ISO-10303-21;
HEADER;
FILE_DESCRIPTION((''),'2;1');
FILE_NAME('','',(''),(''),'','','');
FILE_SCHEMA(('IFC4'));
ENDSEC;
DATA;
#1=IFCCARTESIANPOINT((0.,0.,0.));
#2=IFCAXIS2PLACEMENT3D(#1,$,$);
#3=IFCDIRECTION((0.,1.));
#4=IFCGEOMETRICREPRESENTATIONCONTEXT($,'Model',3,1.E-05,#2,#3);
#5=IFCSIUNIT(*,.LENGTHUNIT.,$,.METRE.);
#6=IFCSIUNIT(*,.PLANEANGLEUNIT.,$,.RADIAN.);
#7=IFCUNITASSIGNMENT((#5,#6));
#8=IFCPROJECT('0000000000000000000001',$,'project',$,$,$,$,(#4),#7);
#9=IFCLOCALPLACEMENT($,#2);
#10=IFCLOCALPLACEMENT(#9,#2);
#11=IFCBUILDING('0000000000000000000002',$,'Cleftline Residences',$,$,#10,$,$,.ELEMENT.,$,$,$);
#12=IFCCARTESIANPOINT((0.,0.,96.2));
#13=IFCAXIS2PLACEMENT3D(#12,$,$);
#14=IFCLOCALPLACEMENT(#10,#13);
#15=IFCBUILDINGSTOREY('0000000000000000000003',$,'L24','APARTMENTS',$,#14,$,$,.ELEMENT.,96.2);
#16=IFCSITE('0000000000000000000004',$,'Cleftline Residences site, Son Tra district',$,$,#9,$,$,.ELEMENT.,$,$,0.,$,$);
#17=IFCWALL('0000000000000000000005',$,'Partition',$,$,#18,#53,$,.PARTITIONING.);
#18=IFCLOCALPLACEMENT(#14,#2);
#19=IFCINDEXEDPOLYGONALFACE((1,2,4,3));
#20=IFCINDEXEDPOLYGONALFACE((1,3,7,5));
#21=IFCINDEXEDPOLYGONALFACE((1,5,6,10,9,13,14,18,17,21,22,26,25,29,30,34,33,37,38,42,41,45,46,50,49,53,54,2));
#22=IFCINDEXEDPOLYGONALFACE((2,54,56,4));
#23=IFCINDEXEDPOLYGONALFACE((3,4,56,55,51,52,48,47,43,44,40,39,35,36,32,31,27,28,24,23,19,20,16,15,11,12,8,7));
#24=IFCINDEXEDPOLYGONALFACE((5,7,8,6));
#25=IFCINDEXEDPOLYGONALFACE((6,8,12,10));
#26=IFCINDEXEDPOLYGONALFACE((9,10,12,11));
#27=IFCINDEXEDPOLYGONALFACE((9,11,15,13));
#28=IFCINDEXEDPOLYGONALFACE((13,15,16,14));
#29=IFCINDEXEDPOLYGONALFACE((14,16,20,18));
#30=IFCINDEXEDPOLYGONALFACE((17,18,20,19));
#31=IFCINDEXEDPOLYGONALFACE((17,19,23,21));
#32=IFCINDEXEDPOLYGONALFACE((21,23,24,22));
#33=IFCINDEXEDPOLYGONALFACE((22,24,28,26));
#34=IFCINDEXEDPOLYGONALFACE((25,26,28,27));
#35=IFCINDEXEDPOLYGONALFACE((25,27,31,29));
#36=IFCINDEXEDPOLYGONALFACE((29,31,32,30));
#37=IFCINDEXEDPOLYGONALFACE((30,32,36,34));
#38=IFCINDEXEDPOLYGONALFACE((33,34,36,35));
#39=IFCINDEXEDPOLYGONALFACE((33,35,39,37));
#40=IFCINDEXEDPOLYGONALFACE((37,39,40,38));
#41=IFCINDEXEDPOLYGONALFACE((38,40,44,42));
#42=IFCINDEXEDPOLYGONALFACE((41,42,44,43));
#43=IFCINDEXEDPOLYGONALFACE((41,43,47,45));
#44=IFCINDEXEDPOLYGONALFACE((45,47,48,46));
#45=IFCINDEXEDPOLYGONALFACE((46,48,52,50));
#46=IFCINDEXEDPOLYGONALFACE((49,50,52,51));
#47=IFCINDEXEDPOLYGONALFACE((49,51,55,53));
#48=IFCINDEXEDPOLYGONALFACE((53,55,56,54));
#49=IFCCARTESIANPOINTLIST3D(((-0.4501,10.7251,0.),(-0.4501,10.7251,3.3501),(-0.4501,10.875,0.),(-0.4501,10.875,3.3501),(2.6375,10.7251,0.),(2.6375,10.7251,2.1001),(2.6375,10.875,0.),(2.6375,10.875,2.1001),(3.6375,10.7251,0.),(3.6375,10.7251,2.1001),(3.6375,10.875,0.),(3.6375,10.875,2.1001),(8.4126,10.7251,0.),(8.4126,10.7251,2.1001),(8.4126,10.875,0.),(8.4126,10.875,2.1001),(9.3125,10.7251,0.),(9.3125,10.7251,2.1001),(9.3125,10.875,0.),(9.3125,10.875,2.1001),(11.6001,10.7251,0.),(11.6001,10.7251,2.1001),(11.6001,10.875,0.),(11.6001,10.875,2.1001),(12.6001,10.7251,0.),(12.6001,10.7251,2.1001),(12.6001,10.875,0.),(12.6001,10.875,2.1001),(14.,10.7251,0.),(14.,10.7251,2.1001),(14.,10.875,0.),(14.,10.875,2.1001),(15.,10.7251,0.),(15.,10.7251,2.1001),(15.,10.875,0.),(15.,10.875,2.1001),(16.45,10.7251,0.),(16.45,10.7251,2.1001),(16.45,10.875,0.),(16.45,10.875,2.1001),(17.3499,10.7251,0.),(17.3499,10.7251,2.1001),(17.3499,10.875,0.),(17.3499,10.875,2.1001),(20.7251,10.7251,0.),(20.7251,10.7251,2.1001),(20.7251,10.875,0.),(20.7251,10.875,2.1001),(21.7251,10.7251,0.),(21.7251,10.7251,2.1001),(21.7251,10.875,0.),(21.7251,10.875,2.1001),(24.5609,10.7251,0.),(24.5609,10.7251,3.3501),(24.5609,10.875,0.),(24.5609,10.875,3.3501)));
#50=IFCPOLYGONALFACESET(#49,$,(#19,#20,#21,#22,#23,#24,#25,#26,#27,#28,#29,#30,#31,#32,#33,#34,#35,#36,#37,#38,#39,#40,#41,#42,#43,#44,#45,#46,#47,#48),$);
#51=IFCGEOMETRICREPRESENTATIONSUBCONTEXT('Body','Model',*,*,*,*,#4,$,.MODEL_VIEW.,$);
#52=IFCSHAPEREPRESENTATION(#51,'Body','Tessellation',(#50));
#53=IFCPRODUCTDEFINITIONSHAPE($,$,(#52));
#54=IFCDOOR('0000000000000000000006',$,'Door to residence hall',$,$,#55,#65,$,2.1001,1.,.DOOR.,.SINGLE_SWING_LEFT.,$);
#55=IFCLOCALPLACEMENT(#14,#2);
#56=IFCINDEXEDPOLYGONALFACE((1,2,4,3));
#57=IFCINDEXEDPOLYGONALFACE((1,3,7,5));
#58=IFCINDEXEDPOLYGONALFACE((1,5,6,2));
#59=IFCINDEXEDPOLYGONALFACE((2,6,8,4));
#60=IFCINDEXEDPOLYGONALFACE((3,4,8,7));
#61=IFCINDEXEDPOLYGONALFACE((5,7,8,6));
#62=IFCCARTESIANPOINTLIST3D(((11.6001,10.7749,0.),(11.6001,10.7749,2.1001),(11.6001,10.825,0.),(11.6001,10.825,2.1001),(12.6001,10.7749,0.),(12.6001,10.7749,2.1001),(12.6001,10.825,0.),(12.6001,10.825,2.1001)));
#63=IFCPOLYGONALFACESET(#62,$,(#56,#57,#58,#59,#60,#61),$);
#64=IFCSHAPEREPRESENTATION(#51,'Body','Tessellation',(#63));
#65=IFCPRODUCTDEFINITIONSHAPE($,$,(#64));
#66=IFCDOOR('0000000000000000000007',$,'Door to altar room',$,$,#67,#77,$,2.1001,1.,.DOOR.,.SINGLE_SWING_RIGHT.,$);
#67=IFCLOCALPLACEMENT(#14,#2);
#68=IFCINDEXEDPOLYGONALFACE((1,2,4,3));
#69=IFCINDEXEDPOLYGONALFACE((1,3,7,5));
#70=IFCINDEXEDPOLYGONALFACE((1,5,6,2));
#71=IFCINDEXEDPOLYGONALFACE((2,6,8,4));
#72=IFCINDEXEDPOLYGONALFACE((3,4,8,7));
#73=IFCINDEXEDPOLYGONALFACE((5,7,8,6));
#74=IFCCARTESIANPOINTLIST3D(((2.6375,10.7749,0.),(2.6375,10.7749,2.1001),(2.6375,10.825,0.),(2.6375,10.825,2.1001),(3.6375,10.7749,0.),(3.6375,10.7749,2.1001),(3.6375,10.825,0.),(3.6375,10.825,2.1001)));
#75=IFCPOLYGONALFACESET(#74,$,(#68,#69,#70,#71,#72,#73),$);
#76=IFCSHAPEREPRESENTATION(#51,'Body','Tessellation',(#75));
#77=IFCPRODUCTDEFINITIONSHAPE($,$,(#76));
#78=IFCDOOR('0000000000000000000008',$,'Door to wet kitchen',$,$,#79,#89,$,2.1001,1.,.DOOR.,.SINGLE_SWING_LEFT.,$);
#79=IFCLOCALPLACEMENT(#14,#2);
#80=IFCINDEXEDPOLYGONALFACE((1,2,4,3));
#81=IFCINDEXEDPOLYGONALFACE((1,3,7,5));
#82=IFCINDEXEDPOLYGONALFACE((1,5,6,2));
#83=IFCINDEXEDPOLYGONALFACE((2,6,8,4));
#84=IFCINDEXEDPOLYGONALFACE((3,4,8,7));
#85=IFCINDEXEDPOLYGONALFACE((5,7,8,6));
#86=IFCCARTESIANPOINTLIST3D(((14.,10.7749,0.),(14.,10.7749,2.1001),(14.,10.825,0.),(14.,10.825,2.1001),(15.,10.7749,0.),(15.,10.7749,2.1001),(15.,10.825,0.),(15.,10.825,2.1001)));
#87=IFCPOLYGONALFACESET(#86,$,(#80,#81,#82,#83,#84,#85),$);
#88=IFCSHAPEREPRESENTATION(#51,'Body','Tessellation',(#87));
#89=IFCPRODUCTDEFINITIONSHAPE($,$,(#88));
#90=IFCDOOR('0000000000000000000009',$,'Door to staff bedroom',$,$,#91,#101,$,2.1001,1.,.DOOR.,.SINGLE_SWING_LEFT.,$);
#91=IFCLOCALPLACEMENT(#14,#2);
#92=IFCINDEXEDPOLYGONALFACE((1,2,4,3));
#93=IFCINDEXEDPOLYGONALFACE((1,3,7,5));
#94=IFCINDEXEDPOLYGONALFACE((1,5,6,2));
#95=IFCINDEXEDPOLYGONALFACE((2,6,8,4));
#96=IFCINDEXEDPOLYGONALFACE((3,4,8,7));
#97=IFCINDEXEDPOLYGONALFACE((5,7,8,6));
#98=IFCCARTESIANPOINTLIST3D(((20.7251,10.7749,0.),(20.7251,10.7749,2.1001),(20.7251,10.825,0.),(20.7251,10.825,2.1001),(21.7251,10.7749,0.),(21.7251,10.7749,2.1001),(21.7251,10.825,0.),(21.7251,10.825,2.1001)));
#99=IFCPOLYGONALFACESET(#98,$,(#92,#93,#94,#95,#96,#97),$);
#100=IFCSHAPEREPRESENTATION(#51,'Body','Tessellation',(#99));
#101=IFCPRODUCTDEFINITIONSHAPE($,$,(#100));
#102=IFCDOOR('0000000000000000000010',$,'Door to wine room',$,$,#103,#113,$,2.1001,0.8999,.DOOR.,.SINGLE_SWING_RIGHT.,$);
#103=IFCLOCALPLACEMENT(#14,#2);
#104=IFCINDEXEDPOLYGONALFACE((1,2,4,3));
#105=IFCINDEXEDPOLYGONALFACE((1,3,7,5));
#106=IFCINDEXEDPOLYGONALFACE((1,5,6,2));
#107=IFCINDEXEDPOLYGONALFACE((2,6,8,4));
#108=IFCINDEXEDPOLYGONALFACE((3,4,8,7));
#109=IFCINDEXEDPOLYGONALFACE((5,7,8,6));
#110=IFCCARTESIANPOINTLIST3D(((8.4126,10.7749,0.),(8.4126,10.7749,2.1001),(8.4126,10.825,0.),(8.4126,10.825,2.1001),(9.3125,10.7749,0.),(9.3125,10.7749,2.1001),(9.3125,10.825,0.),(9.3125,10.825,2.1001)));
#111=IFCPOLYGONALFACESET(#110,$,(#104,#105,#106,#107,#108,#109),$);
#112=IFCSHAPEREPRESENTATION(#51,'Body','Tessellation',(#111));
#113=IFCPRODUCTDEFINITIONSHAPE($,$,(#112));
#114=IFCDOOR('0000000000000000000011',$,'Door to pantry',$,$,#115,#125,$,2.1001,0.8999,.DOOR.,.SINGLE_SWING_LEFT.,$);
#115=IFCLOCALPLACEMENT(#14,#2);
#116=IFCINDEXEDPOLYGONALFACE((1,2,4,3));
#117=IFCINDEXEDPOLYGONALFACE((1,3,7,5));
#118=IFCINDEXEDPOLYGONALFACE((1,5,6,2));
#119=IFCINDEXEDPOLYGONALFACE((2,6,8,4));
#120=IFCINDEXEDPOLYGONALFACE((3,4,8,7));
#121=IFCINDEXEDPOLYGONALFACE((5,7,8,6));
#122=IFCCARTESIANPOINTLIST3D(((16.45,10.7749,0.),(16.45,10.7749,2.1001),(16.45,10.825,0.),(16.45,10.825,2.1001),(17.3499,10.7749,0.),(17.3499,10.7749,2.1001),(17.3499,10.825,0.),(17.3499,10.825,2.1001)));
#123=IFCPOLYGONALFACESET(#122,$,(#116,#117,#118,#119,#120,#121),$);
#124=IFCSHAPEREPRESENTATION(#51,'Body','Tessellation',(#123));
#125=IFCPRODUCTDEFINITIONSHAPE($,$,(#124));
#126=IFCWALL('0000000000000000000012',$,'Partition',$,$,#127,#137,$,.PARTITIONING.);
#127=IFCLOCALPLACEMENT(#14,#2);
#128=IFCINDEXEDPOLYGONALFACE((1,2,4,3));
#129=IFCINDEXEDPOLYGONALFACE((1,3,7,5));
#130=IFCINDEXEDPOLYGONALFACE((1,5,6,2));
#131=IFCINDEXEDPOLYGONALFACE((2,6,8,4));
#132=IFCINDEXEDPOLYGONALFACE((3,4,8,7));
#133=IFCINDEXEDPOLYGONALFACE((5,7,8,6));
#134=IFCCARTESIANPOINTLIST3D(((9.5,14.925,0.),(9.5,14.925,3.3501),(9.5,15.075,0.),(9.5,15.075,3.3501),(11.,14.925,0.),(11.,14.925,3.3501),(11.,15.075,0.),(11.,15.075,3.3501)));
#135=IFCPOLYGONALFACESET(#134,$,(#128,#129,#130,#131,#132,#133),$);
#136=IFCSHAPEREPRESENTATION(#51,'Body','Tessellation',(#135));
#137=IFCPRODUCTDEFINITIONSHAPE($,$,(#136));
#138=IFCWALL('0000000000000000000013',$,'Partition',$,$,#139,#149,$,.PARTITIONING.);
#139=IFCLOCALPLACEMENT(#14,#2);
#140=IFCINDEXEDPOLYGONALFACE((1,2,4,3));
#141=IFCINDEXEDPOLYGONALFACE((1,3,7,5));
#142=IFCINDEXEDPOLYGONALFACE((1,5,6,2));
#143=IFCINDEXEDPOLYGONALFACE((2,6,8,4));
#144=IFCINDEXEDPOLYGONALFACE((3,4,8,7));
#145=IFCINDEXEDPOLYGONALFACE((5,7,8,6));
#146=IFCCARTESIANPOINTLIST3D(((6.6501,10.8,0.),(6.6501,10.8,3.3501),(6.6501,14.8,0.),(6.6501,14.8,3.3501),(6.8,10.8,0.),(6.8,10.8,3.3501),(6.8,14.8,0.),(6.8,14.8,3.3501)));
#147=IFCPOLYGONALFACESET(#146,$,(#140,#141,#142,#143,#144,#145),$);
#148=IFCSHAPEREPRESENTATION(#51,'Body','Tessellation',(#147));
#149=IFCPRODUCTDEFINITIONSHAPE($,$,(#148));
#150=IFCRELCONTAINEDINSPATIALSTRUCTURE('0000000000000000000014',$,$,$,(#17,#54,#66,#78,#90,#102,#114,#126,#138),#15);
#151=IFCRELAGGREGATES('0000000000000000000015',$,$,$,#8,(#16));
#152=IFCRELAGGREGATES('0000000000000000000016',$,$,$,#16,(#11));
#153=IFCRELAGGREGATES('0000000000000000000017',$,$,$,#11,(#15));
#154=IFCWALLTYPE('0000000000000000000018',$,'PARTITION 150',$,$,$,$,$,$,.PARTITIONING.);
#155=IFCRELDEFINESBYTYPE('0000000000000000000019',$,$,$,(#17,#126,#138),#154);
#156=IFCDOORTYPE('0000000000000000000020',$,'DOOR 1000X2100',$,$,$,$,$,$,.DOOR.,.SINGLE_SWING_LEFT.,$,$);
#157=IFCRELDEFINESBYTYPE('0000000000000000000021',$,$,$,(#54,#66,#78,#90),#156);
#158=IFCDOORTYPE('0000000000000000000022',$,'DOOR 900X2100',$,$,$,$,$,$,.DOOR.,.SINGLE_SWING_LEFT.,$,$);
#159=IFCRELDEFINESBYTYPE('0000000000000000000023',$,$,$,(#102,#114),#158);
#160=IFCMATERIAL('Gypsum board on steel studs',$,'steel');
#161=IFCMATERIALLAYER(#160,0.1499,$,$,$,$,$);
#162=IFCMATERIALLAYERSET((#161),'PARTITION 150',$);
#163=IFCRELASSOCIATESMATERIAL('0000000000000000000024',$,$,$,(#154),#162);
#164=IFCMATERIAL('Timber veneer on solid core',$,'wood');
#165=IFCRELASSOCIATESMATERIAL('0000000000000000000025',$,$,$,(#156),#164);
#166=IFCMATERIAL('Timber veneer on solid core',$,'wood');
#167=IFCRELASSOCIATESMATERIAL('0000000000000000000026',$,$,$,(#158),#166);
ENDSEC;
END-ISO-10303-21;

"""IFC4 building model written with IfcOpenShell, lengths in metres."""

from ifc_helpers import new_model, si_unit, direction, frame, frame_2d, origin, place, context, subcontext, project, spatial, rectangle, extrude, material, layer, layer_set, type_object, element, fill, save


model = new_model("IFC4")

# Units and contexts
model_context = context("Model", 3, precision=1e-05, world=origin(), true_north=direction((0.0, 1.0)))
body_context = subcontext(model_context, "Body", "Model", "MODEL_VIEW")
ifc_project = project(units=[si_unit("LENGTHUNIT", "METRE"), si_unit("PLANEANGLEUNIT", "RADIAN")], contexts=[model_context])

# Site, building, storey
site_placement = place(None, origin())
site = spatial("IfcSite", under=ifc_project, at=site_placement, Name="Cleftline Residences site, Son Tra district", CompositionType="ELEMENT", RefElevation=0.0)
building_placement = place(site_placement, origin())
building = spatial("IfcBuilding", under=site, at=building_placement, Name="Cleftline Residences", CompositionType="ELEMENT")
storey_placement = place(building_placement, frame((0.0, 0.0, 96.2)))
storey = spatial("IfcBuildingStorey", under=building, at=storey_placement, Name="L24", Description="APARTMENTS", CompositionType="ELEMENT", Elevation=96.2)

# Shared definitions
ifc_material_1 = material(Name="Gypsum board on steel studs", Category="steel")
ifc_layer = layer(ifc_material_1, 0.1499)
ifc_layer_set = layer_set([ifc_layer], Name="PARTITION 150")
wall_type = type_object("IfcWallType", Name="PARTITION 150", PredefinedType="PARTITIONING", material=ifc_layer_set)
ifc_material_2 = material(Name="Timber veneer on solid core", Category="wood")
door_type_1 = type_object("IfcDoorType", Name="DOOR 1000X2100", OperationType="SINGLE_SWING_LEFT", PredefinedType="DOOR", material=ifc_material_2)

# Wall, openings, doors
wall_1_placement = place(storey_placement, frame((-0.45, 10.8, 0.0), z_axis=(0.0, 0.0, 1.0), x_axis=(1.0, 0.0, 0.0)))
wall_1 = element("IfcWall", 1, at=wall_1_placement, inside=storey, type_object=wall_type, Name="Partition", PredefinedType="PARTITIONING", context=body_context, shape_type="SweptSolid", body=[
    extrude(rectangle(XDim=25.011, YDim=0.1499, at=frame_2d((12.5054, 0.0))), origin(), (0.0, 0.0, 1.0), 3.3501),
])
opening_1_placement = place(wall_1_placement, frame((12.05, 0.0, 0.0)))
opening_1 = element("IfcOpeningElement", 2, at=opening_1_placement, cuts=wall_1, PredefinedType="OPENING", context=body_context, shape_type="SweptSolid", body=[
    extrude(rectangle(XDim=1.0, YDim=2.1001, at=frame_2d((0.5, 1.05))), frame((0.0, 0.085, 0.0), z_axis=(0.0, -1.0, 0.0), x_axis=(1.0, 0.0, 0.0)), (0.0, 0.0, 1.0), 0.1699),
])
opening_2_placement = place(wall_1_placement, frame((3.0874, 0.0, 0.0)))
opening_2 = element("IfcOpeningElement", 3, at=opening_2_placement, cuts=wall_1, PredefinedType="OPENING", context=body_context, shape_type="SweptSolid", body=[
    extrude(rectangle(XDim=1.0, YDim=2.1001, at=frame_2d((0.5, 1.05))), frame((0.0, 0.085, 0.0), z_axis=(0.0, -1.0, 0.0), x_axis=(1.0, 0.0, 0.0)), (0.0, 0.0, 1.0), 0.1699),
])
opening_3_placement = place(wall_1_placement, frame((8.8625, 0.0, 0.0)))
opening_3 = element("IfcOpeningElement", 4, at=opening_3_placement, cuts=wall_1, PredefinedType="OPENING", context=body_context, shape_type="SweptSolid", body=[
    extrude(rectangle(XDim=0.8999, YDim=2.1001, at=frame_2d((0.45, 1.05))), frame((0.0, 0.085, 0.0), z_axis=(0.0, -1.0, 0.0), x_axis=(1.0, 0.0, 0.0)), (0.0, 0.0, 1.0), 0.1699),
])
opening_4_placement = place(wall_1_placement, frame((14.45, 0.0, 0.0)))
opening_4 = element("IfcOpeningElement", 5, at=opening_4_placement, cuts=wall_1, PredefinedType="OPENING", context=body_context, shape_type="SweptSolid", body=[
    extrude(rectangle(XDim=1.0, YDim=2.1001, at=frame_2d((0.5, 1.05))), frame((0.0, 0.085, 0.0), z_axis=(0.0, -1.0, 0.0), x_axis=(1.0, 0.0, 0.0)), (0.0, 0.0, 1.0), 0.1699),
])
opening_5_placement = place(wall_1_placement, frame((16.8999, 0.0, 0.0)))
opening_5 = element("IfcOpeningElement", 6, at=opening_5_placement, cuts=wall_1, PredefinedType="OPENING", context=body_context, shape_type="SweptSolid", body=[
    extrude(rectangle(XDim=0.8999, YDim=2.1001, at=frame_2d((0.45, 1.05))), frame((0.0, 0.085, 0.0), z_axis=(0.0, -1.0, 0.0), x_axis=(1.0, 0.0, 0.0)), (0.0, 0.0, 1.0), 0.1699),
])
opening_6_placement = place(wall_1_placement, frame((21.175, 0.0, 0.0)))
opening_6 = element("IfcOpeningElement", 7, at=opening_6_placement, cuts=wall_1, PredefinedType="OPENING", context=body_context, shape_type="SweptSolid", body=[
    extrude(rectangle(XDim=1.0, YDim=2.1001, at=frame_2d((0.5, 1.05))), frame((0.0, 0.085, 0.0), z_axis=(0.0, -1.0, 0.0), x_axis=(1.0, 0.0, 0.0)), (0.0, 0.0, 1.0), 0.1699),
])
door_1_placement = place(opening_1_placement, origin())
door_1 = element("IfcDoor", 8, at=door_1_placement, inside=storey, type_object=door_type_1, Name="Door to residence hall", OperationType="SINGLE_SWING_LEFT", OverallHeight=2.1001, OverallWidth=1.0, PredefinedType="DOOR", context=body_context, shape_type="SweptSolid", body=[
    extrude(rectangle(XDim=1.0, YDim=2.1001, at=frame_2d((0.5, 1.05))), frame((0.0, 0.0249, 0.0), z_axis=(0.0, -1.0, 0.0), x_axis=(1.0, 0.0, 0.0)), (0.0, 0.0, 1.0), 0.05),
])
fill(opening_1, door_1)
door_2_placement = place(opening_2_placement, origin())
door_2 = element("IfcDoor", 9, at=door_2_placement, inside=storey, type_object=door_type_1, Name="Door to altar room", OperationType="SINGLE_SWING_RIGHT", OverallHeight=2.1001, OverallWidth=1.0, PredefinedType="DOOR", context=body_context, shape_type="SweptSolid", body=[
    extrude(rectangle(XDim=1.0, YDim=2.1001, at=frame_2d((0.5, 1.05))), frame((0.0, 0.0249, 0.0), z_axis=(0.0, -1.0, 0.0), x_axis=(1.0, 0.0, 0.0)), (0.0, 0.0, 1.0), 0.05),
])
fill(opening_2, door_2)
door_3_placement = place(opening_4_placement, origin())
door_3 = element("IfcDoor", 10, at=door_3_placement, inside=storey, type_object=door_type_1, Name="Door to wet kitchen", OperationType="SINGLE_SWING_LEFT", OverallHeight=2.1001, OverallWidth=1.0, PredefinedType="DOOR", context=body_context, shape_type="SweptSolid", body=[
    extrude(rectangle(XDim=1.0, YDim=2.1001, at=frame_2d((0.5, 1.05))), frame((0.0, 0.0249, 0.0), z_axis=(0.0, -1.0, 0.0), x_axis=(1.0, 0.0, 0.0)), (0.0, 0.0, 1.0), 0.05),
])
fill(opening_4, door_3)
door_4_placement = place(opening_6_placement, origin())
door_4 = element("IfcDoor", 11, at=door_4_placement, inside=storey, type_object=door_type_1, Name="Door to staff bedroom", OperationType="SINGLE_SWING_LEFT", OverallHeight=2.1001, OverallWidth=1.0, PredefinedType="DOOR", context=body_context, shape_type="SweptSolid", body=[
    extrude(rectangle(XDim=1.0, YDim=2.1001, at=frame_2d((0.5, 1.05))), frame((0.0, 0.0249, 0.0), z_axis=(0.0, -1.0, 0.0), x_axis=(1.0, 0.0, 0.0)), (0.0, 0.0, 1.0), 0.05),
])
fill(opening_6, door_4)
ifc_material_3 = material(Name="Timber veneer on solid core", Category="wood")
door_type_2 = type_object("IfcDoorType", Name="DOOR 900X2100", OperationType="SINGLE_SWING_LEFT", PredefinedType="DOOR", material=ifc_material_3)
door_5_placement = place(opening_3_placement, origin())
door_5 = element("IfcDoor", 12, at=door_5_placement, inside=storey, type_object=door_type_2, Name="Door to wine room", OperationType="SINGLE_SWING_RIGHT", OverallHeight=2.1001, OverallWidth=0.8999, PredefinedType="DOOR", context=body_context, shape_type="SweptSolid", body=[
    extrude(rectangle(XDim=0.8999, YDim=2.1001, at=frame_2d((0.45, 1.05))), frame((0.0, 0.0249, 0.0), z_axis=(0.0, -1.0, 0.0), x_axis=(1.0, 0.0, 0.0)), (0.0, 0.0, 1.0), 0.05),
])
fill(opening_3, door_5)
door_6_placement = place(opening_5_placement, origin())
door_6 = element("IfcDoor", 13, at=door_6_placement, inside=storey, type_object=door_type_2, Name="Door to pantry", OperationType="SINGLE_SWING_LEFT", OverallHeight=2.1001, OverallWidth=0.8999, PredefinedType="DOOR", context=body_context, shape_type="SweptSolid", body=[
    extrude(rectangle(XDim=0.8999, YDim=2.1001, at=frame_2d((0.45, 1.05))), frame((0.0, 0.0249, 0.0), z_axis=(0.0, -1.0, 0.0), x_axis=(1.0, 0.0, 0.0)), (0.0, 0.0, 1.0), 0.05),
])
fill(opening_5, door_6)

# Walls
wall_2_placement = place(storey_placement, frame((9.5, 15.0, 0.0), z_axis=(0.0, 0.0, 1.0), x_axis=(1.0, 0.0, 0.0)))
element("IfcWall", 14, at=wall_2_placement, inside=storey, type_object=wall_type, Name="Partition", PredefinedType="PARTITIONING", context=body_context, shape_type="SweptSolid", body=[
    extrude(rectangle(XDim=1.5, YDim=0.1499, at=frame_2d((0.75, 0.0))), origin(), (0.0, 0.0, 1.0), 3.3501),
])
wall_3_placement = place(storey_placement, frame((6.7251, 10.8, 0.0), z_axis=(0.0, 0.0, 1.0), x_axis=(0.0, 1.0, 0.0)))
element("IfcWall", 15, at=wall_3_placement, inside=storey, type_object=wall_type, Name="Partition", PredefinedType="PARTITIONING", context=body_context, shape_type="SweptSolid", body=[
    extrude(rectangle(XDim=4.0, YDim=0.1499, at=frame_2d((2.0, 0.0))), origin(), (0.0, 0.0, 1.0), 3.3501),
])

save(model, "model.ifc")
